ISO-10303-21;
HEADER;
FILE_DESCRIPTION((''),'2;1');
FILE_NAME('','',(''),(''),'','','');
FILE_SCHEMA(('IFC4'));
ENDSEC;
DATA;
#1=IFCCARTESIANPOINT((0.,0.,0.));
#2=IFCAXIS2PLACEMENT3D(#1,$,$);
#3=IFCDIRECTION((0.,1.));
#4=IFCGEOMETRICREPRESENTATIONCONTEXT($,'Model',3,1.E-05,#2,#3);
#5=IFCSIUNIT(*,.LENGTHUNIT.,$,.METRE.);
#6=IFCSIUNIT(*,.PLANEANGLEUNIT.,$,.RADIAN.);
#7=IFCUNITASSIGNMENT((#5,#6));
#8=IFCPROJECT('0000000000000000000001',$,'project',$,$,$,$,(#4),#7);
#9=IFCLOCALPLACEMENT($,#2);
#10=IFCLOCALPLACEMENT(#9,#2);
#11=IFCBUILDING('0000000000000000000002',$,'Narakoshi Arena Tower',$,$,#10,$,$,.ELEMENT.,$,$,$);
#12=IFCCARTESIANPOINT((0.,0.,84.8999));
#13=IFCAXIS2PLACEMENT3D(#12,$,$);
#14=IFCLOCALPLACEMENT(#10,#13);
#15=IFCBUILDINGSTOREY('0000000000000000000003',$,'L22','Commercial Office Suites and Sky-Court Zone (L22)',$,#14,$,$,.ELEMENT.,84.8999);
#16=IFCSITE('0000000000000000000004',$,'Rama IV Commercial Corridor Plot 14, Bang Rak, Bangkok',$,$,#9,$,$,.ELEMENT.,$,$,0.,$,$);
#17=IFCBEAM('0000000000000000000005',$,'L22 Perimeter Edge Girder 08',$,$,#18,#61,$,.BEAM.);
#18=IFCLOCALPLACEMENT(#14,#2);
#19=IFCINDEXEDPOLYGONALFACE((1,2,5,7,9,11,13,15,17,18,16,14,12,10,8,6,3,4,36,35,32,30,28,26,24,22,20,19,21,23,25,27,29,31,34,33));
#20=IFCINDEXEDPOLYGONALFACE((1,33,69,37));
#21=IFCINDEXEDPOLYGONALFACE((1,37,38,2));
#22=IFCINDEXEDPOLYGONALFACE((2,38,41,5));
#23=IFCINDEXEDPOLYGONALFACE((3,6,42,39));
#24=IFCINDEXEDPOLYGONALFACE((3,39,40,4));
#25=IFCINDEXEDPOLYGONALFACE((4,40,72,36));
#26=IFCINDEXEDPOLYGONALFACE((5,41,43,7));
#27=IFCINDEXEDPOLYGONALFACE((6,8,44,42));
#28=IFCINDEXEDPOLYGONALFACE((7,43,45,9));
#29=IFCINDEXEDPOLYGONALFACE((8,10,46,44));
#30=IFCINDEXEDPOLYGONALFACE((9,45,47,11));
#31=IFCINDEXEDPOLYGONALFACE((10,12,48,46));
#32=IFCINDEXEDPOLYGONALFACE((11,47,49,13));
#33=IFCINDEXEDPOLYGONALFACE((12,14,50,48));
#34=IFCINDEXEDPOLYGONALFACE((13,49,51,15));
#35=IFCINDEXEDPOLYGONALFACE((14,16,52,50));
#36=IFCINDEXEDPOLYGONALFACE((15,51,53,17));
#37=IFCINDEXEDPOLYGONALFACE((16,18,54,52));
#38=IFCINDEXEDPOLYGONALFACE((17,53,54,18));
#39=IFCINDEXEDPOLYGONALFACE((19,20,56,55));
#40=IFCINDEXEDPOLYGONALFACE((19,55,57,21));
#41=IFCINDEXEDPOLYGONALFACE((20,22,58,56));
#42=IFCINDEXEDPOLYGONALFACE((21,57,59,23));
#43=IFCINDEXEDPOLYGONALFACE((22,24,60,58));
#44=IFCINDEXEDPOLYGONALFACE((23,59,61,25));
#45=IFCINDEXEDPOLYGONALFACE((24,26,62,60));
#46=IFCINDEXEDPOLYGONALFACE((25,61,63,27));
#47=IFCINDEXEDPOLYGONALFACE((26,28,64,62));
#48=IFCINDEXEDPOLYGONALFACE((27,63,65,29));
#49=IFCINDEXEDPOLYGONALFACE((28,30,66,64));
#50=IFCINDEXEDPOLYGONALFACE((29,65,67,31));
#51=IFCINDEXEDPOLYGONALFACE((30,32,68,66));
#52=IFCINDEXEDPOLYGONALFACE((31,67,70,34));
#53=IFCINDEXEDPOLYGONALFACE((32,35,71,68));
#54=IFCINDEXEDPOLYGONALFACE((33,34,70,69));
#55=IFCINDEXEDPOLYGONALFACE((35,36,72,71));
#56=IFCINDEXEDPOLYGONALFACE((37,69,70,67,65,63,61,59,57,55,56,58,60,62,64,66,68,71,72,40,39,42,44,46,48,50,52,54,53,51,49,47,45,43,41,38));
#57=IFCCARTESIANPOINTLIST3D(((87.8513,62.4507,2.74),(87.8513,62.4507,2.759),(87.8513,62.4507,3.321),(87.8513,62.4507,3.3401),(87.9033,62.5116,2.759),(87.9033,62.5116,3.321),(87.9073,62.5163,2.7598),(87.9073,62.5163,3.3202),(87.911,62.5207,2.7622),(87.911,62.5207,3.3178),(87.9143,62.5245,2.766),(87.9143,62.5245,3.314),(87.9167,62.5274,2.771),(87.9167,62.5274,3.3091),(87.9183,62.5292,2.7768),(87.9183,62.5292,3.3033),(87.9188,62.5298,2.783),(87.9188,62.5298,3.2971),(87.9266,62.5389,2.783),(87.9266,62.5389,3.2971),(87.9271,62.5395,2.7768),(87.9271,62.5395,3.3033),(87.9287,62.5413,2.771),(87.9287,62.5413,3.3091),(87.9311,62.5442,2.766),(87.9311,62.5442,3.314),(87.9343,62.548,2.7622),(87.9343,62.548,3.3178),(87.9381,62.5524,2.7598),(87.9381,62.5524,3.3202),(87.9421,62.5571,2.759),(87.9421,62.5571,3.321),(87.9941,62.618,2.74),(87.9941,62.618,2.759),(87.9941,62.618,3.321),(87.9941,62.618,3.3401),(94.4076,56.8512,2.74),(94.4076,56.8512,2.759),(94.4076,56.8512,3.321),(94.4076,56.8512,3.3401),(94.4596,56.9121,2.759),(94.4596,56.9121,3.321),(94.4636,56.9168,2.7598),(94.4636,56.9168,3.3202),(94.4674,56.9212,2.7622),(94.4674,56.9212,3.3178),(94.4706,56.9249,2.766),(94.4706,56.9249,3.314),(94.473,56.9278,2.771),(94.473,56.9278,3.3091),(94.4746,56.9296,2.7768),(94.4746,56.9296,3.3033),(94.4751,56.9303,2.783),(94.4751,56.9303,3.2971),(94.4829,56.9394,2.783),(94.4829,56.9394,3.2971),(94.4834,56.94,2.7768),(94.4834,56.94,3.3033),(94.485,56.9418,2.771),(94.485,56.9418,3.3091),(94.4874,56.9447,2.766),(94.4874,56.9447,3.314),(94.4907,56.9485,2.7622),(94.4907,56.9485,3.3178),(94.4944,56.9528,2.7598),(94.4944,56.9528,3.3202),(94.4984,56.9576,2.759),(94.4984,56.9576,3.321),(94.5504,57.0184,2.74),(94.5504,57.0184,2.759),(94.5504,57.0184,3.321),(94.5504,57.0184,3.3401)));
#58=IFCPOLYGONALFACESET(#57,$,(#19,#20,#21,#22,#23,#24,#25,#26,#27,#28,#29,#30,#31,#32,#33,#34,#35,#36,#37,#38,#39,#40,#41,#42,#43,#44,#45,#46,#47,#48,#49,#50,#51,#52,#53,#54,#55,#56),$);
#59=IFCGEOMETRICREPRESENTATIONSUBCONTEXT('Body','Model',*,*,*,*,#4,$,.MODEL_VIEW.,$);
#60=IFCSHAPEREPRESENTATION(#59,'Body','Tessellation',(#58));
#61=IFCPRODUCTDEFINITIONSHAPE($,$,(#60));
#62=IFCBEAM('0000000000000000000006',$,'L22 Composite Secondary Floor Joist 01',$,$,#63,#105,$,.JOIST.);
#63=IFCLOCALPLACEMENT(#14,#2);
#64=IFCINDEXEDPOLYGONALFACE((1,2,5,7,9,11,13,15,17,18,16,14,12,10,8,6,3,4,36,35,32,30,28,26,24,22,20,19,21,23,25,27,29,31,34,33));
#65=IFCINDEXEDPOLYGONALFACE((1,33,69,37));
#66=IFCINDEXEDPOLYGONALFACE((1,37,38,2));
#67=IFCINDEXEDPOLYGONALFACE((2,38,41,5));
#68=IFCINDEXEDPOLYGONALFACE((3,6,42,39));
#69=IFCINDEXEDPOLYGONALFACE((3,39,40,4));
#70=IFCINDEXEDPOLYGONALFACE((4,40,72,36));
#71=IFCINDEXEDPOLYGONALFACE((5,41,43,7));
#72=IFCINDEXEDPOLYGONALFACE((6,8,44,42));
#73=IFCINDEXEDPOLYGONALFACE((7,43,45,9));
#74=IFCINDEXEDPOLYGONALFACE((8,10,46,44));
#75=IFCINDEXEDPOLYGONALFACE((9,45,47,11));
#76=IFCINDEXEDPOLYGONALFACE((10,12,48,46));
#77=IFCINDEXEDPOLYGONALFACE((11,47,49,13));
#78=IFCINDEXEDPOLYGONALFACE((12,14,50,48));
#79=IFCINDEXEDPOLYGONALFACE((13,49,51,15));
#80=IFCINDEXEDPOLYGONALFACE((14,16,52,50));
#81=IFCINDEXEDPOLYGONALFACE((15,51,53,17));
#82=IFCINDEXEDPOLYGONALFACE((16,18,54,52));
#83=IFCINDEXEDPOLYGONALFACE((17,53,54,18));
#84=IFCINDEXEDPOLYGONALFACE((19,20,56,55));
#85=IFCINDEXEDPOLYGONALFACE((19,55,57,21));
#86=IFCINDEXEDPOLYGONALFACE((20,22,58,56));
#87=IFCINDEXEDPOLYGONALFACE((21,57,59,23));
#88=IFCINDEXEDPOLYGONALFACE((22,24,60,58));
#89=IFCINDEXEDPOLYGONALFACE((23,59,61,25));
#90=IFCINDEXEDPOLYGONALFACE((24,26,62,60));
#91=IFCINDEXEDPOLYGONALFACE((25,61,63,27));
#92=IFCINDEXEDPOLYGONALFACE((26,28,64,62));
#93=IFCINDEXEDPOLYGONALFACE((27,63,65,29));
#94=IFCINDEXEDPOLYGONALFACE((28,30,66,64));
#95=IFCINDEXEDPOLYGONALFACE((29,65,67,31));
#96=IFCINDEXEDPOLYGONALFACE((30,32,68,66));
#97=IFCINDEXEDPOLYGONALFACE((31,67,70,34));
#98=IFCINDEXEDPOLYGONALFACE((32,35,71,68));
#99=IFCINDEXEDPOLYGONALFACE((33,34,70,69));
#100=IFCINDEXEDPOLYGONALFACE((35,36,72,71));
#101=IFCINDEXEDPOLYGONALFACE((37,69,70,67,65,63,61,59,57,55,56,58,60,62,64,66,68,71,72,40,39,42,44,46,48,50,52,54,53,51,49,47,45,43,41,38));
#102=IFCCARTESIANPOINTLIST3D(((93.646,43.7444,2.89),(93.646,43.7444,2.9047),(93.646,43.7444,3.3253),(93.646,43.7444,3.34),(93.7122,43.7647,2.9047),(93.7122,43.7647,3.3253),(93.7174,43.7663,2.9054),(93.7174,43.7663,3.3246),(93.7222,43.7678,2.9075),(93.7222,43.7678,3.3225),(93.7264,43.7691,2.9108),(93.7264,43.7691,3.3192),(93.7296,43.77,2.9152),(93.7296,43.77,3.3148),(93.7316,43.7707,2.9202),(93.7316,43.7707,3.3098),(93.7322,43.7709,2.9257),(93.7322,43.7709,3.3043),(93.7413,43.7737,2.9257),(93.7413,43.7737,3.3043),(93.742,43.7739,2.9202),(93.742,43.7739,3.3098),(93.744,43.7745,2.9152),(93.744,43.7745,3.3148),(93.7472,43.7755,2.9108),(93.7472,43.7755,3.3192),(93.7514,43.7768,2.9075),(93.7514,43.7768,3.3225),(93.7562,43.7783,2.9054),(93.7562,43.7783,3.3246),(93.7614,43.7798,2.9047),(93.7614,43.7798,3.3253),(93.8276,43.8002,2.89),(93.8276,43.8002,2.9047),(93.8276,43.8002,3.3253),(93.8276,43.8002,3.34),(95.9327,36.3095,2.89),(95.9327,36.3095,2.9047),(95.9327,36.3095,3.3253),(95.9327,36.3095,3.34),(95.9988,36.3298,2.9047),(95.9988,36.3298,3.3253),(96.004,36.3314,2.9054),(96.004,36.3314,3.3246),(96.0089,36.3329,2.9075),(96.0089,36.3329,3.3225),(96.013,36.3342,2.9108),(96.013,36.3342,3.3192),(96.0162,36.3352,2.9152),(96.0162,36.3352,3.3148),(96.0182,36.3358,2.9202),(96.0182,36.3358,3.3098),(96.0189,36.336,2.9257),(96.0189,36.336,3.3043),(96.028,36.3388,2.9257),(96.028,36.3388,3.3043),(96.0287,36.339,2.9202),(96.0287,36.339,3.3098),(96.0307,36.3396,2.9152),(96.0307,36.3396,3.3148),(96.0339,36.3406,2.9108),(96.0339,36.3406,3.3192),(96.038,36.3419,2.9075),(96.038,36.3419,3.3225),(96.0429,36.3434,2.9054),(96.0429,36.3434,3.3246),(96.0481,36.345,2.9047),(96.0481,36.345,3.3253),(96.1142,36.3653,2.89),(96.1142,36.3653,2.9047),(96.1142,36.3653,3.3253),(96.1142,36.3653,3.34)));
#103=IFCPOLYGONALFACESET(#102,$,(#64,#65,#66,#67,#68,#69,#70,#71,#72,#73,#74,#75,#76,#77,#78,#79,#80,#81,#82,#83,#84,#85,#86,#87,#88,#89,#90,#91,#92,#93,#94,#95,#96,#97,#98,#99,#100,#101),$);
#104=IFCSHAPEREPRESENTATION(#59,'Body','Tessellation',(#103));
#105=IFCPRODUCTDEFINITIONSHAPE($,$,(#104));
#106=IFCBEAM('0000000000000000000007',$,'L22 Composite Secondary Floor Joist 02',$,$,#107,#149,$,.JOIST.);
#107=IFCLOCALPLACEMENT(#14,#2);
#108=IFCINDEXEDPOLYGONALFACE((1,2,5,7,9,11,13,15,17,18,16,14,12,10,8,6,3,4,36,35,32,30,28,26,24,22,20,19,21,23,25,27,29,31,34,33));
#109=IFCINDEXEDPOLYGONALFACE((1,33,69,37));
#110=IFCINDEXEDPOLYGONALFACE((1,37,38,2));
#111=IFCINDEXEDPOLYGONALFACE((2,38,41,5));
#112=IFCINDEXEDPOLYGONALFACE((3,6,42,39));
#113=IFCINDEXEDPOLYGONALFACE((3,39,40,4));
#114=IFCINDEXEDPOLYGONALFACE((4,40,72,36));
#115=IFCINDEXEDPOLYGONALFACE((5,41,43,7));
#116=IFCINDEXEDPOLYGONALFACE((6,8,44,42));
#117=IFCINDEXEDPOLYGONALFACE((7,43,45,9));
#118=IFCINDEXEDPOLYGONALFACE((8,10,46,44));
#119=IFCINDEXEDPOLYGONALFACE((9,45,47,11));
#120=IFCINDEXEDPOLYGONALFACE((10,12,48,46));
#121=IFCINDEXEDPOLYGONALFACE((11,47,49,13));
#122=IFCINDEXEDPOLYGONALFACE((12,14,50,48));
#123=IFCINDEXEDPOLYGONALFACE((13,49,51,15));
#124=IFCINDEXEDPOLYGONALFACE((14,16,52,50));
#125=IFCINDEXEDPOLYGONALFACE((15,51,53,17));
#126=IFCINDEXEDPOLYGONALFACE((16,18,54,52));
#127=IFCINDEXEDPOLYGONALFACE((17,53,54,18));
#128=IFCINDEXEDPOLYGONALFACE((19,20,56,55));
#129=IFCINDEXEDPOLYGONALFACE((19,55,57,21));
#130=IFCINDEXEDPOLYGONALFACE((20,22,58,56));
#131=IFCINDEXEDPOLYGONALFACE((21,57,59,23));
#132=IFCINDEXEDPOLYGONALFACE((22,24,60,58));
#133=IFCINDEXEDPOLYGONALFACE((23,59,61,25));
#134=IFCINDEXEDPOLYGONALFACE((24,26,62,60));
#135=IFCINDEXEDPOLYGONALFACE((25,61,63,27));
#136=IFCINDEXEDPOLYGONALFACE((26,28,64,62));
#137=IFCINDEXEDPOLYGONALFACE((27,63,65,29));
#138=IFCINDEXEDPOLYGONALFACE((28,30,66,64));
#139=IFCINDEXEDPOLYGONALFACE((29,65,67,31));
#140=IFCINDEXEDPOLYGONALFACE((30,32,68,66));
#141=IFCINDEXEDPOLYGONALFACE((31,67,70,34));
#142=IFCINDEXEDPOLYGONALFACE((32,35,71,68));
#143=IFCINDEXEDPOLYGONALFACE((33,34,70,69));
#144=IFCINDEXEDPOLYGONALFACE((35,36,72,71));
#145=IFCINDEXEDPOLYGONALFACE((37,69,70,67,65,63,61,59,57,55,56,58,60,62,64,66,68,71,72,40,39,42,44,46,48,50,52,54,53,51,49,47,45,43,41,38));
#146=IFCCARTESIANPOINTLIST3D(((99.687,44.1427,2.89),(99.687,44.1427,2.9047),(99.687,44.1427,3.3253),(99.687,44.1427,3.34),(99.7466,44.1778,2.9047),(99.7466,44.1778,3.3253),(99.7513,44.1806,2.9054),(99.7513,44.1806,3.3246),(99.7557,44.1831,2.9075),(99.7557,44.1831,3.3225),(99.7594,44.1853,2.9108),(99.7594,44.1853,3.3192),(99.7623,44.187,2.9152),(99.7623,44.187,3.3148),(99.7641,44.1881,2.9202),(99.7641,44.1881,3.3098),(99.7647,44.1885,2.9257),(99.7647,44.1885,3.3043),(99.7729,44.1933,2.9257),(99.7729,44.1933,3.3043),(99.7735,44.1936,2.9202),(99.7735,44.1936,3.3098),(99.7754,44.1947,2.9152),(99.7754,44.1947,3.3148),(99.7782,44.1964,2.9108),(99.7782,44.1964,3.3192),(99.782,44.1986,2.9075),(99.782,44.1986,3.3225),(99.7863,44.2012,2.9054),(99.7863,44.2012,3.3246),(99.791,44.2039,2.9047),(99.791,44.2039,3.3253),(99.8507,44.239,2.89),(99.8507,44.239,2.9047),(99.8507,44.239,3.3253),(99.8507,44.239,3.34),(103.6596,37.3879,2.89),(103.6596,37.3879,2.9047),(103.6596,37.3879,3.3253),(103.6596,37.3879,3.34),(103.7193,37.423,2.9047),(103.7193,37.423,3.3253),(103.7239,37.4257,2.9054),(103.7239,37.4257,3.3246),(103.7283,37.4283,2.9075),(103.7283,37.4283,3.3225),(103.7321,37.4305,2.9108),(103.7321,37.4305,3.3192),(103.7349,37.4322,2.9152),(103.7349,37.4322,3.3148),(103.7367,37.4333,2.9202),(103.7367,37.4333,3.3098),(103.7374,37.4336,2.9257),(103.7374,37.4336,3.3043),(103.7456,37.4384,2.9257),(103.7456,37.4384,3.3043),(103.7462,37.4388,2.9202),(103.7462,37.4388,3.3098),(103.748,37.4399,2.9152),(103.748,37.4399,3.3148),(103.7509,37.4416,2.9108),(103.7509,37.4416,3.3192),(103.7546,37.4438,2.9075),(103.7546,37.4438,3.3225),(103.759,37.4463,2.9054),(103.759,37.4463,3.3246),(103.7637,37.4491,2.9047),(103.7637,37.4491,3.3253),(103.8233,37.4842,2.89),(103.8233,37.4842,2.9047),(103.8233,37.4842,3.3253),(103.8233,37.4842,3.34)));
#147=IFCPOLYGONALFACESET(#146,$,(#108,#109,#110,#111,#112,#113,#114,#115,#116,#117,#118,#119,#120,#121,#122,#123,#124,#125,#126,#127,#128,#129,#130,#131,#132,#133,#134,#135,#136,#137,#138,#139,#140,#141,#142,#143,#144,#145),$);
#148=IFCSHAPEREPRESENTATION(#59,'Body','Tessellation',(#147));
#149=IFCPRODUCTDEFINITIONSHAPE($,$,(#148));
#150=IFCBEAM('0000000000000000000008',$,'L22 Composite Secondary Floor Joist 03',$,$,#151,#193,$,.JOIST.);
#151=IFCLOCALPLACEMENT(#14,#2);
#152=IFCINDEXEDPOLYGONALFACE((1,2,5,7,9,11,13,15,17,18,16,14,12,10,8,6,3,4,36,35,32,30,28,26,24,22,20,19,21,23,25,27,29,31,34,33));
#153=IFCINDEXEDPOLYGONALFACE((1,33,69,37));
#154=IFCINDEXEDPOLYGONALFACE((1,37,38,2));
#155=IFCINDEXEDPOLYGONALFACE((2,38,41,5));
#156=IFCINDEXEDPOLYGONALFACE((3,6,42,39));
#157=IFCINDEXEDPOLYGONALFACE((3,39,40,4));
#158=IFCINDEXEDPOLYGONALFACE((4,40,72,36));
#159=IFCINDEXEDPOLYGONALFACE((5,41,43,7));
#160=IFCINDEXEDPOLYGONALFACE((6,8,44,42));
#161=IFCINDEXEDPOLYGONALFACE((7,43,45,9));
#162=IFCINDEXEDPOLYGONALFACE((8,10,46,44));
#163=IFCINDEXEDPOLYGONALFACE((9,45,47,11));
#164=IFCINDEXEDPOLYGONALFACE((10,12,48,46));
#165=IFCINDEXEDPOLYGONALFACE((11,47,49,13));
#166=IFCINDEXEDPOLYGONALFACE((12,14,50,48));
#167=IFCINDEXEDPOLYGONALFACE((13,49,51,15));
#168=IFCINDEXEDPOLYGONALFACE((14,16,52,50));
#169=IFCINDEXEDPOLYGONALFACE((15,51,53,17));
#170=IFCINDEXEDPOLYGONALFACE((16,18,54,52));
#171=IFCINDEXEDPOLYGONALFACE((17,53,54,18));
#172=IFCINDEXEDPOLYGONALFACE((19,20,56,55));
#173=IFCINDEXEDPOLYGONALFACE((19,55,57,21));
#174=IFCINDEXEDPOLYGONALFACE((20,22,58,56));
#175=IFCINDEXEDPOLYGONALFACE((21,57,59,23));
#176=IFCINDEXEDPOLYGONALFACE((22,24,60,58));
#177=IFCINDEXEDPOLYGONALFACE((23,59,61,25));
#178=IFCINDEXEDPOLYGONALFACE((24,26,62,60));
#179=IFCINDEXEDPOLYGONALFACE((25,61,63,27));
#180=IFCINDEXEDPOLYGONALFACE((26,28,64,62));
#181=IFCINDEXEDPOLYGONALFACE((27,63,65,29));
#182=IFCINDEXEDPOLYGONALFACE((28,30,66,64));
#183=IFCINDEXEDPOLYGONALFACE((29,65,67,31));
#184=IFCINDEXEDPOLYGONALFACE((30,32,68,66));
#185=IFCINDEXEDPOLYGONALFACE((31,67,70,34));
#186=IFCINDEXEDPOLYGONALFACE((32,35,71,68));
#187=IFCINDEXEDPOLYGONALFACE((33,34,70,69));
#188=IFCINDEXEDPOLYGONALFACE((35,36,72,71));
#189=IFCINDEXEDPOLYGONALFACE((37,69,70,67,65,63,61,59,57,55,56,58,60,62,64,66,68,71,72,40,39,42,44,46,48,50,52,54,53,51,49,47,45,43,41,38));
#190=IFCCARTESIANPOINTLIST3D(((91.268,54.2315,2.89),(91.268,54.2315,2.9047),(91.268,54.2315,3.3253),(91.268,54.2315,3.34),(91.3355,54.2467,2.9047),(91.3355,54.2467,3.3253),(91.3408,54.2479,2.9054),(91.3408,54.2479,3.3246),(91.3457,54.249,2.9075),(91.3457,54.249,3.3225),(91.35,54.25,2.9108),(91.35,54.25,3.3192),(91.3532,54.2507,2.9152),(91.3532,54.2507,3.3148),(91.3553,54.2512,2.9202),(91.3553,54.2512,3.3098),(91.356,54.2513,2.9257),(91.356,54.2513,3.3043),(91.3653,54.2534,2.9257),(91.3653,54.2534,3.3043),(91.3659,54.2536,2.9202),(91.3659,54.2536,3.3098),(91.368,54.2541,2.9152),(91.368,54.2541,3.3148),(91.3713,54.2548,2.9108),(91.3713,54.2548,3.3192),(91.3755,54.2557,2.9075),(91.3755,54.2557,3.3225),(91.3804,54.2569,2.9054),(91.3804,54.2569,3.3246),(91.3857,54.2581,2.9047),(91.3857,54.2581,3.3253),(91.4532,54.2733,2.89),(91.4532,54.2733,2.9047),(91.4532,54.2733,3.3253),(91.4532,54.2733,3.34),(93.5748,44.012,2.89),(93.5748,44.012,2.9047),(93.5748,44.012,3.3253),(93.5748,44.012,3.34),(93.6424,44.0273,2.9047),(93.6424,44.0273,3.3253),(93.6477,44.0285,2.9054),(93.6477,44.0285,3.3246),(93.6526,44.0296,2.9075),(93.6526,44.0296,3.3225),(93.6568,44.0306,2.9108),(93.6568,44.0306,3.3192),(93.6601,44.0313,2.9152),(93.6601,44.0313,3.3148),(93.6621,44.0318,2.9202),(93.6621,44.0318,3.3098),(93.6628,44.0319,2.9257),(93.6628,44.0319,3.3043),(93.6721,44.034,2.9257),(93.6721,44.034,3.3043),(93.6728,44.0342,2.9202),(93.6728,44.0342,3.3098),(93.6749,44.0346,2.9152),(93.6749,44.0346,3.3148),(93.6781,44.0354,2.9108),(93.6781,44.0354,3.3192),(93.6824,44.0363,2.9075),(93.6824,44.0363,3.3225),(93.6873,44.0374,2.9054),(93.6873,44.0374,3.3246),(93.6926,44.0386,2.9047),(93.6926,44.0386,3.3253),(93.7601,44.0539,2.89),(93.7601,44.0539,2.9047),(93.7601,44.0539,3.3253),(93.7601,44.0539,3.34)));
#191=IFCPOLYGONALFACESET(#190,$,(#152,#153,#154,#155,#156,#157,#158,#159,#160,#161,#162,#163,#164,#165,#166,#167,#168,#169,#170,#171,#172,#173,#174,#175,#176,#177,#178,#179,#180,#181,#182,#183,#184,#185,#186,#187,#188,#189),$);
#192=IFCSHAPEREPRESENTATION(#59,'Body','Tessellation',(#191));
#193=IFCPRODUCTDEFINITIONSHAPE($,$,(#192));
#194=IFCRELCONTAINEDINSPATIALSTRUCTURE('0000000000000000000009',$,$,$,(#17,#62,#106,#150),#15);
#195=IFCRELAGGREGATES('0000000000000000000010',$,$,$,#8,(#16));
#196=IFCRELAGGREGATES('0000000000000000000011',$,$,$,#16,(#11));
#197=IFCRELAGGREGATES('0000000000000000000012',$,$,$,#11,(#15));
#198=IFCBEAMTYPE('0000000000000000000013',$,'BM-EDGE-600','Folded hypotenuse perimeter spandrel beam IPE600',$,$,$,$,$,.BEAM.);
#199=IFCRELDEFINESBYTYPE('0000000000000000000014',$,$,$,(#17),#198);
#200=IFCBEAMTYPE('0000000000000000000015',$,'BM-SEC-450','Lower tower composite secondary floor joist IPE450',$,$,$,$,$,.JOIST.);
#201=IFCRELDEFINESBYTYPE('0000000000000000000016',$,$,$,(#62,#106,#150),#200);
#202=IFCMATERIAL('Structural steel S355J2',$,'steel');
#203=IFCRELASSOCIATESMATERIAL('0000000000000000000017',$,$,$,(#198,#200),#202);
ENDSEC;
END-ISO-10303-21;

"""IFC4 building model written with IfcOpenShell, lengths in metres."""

from ifc_helpers import new_model, si_unit, direction, frame, origin, origin_2d, place, context, subcontext, project, spatial, i_section, extrude, material, material_profile, profile_set, type_object, element, save


model = new_model("IFC4")

# Units and contexts
model_context = context("Model", 3, precision=1e-05, world=origin(), true_north=direction((0.0, 1.0)))
body_context = subcontext(model_context, "Body", "Model", "MODEL_VIEW")
ifc_project = project(units=[si_unit("LENGTHUNIT", "METRE"), si_unit("PLANEANGLEUNIT", "RADIAN")], contexts=[model_context])

# Site, building, storey
site_placement = place(None, origin())
site = spatial("IfcSite", under=ifc_project, at=site_placement, Name="Rama IV Commercial Corridor Plot 14, Bang Rak, Bangkok", CompositionType="ELEMENT", RefElevation=0.0)
building_placement = place(site_placement, origin())
building = spatial("IfcBuilding", under=site, at=building_placement, Name="Narakoshi Arena Tower", CompositionType="ELEMENT")
storey_placement = place(building_placement, frame((0.0, 0.0, 84.8999)))
storey = spatial("IfcBuildingStorey", under=building, at=storey_placement, Name="L22", Description="Commercial Office Suites and Sky-Court Zone (L22)", CompositionType="ELEMENT", Elevation=84.8999)

# Beams
ifc_material_1 = material(Name="Structural steel S355J2", Category="steel")
ifc_material_profile_1 = material_profile(ifc_material_1, i_section(OverallWidth=0.22, OverallDepth=0.6001, WebThickness=0.012, FlangeThickness=0.019, FilletRadius=0.0239, at=origin_2d()), Name="IPE600")
ifc_profile_set_1 = profile_set([ifc_material_profile_1], Name="Structural steel S355J2")
beam_type_1 = type_object("IfcBeamType", Name="BM-EDGE-600", Description="Folded hypotenuse perimeter spandrel beam IPE600", PredefinedType="BEAM", material=ifc_profile_set_1)
beam_1_placement = place(storey_placement, frame((94.479, 56.9348, 3.04), z_axis=(-0.760411, 0.649443, 0.0), x_axis=(-0.649443, -0.760411, 0.0)))
element("IfcBeam", 1, at=beam_1_placement, inside=storey, type_object=beam_type_1, Name="L22 Perimeter Edge Girder 08", PredefinedType="BEAM", context=body_context, shape_type="SweptSolid", body=[
    extrude(i_section(OverallWidth=0.22, OverallDepth=0.6001, WebThickness=0.012, FlangeThickness=0.019, FilletRadius=0.0239, at=origin_2d()), origin(), (0.0, 0.0, 1.0), 8.6221),
])
ifc_material_profile_2 = material_profile(ifc_material_1, i_section(OverallWidth=0.1899, OverallDepth=0.45, WebThickness=0.0095, FlangeThickness=0.0146, FilletRadius=0.021, at=origin_2d()), Name="IPE450")
ifc_profile_set_2 = profile_set([ifc_material_profile_2], Name="Structural steel S355J2")
beam_type_2 = type_object("IfcBeamType", Name="BM-SEC-450", Description="Lower tower composite secondary floor joist IPE450", PredefinedType="JOIST", material=ifc_profile_set_2)
beam_2_placement = place(storey_placement, frame((96.0234, 36.3374, 3.115), z_axis=(-0.293967, 0.955816, 0.0), x_axis=(-0.955816, -0.293967, 0.0)))
element("IfcBeam", 2, at=beam_2_placement, inside=storey, type_object=beam_type_2, Name="L22 Composite Secondary Floor Joist 01", PredefinedType="JOIST", context=body_context, shape_type="SweptSolid", body=[
    extrude(i_section(OverallWidth=0.1899, OverallDepth=0.45, WebThickness=0.0095, FlangeThickness=0.0146, FilletRadius=0.021, at=origin_2d()), origin(), (0.0, 0.0, 1.0), 7.7786),
])
beam_3_placement = place(storey_placement, frame((103.7415, 37.436, 3.115), z_axis=(-0.506944, 0.861979, 0.0), x_axis=(-0.861979, -0.506944, 0.0)))
element("IfcBeam", 3, at=beam_3_placement, inside=storey, type_object=beam_type_2, Name="L22 Composite Secondary Floor Joist 02", PredefinedType="JOIST", context=body_context, shape_type="SweptSolid", body=[
    extrude(i_section(OverallWidth=0.1899, OverallDepth=0.45, WebThickness=0.0095, FlangeThickness=0.0146, FilletRadius=0.021, at=origin_2d()), origin(), (0.0, 0.0, 1.0), 7.8364),
])
beam_4_placement = place(storey_placement, frame((93.6675, 44.033, 3.115), z_axis=(-0.220194, 0.975456, 0.0), x_axis=(-0.975456, -0.220194, 0.0)))
element("IfcBeam", 4, at=beam_4_placement, inside=storey, type_object=beam_type_2, Name="L22 Composite Secondary Floor Joist 03", PredefinedType="JOIST", context=body_context, shape_type="SweptSolid", body=[
    extrude(i_section(OverallWidth=0.1899, OverallDepth=0.45, WebThickness=0.0095, FlangeThickness=0.0146, FilletRadius=0.021, at=origin_2d()), origin(), (0.0, 0.0, 1.0), 10.4766),
])

save(model, "model.ifc")
